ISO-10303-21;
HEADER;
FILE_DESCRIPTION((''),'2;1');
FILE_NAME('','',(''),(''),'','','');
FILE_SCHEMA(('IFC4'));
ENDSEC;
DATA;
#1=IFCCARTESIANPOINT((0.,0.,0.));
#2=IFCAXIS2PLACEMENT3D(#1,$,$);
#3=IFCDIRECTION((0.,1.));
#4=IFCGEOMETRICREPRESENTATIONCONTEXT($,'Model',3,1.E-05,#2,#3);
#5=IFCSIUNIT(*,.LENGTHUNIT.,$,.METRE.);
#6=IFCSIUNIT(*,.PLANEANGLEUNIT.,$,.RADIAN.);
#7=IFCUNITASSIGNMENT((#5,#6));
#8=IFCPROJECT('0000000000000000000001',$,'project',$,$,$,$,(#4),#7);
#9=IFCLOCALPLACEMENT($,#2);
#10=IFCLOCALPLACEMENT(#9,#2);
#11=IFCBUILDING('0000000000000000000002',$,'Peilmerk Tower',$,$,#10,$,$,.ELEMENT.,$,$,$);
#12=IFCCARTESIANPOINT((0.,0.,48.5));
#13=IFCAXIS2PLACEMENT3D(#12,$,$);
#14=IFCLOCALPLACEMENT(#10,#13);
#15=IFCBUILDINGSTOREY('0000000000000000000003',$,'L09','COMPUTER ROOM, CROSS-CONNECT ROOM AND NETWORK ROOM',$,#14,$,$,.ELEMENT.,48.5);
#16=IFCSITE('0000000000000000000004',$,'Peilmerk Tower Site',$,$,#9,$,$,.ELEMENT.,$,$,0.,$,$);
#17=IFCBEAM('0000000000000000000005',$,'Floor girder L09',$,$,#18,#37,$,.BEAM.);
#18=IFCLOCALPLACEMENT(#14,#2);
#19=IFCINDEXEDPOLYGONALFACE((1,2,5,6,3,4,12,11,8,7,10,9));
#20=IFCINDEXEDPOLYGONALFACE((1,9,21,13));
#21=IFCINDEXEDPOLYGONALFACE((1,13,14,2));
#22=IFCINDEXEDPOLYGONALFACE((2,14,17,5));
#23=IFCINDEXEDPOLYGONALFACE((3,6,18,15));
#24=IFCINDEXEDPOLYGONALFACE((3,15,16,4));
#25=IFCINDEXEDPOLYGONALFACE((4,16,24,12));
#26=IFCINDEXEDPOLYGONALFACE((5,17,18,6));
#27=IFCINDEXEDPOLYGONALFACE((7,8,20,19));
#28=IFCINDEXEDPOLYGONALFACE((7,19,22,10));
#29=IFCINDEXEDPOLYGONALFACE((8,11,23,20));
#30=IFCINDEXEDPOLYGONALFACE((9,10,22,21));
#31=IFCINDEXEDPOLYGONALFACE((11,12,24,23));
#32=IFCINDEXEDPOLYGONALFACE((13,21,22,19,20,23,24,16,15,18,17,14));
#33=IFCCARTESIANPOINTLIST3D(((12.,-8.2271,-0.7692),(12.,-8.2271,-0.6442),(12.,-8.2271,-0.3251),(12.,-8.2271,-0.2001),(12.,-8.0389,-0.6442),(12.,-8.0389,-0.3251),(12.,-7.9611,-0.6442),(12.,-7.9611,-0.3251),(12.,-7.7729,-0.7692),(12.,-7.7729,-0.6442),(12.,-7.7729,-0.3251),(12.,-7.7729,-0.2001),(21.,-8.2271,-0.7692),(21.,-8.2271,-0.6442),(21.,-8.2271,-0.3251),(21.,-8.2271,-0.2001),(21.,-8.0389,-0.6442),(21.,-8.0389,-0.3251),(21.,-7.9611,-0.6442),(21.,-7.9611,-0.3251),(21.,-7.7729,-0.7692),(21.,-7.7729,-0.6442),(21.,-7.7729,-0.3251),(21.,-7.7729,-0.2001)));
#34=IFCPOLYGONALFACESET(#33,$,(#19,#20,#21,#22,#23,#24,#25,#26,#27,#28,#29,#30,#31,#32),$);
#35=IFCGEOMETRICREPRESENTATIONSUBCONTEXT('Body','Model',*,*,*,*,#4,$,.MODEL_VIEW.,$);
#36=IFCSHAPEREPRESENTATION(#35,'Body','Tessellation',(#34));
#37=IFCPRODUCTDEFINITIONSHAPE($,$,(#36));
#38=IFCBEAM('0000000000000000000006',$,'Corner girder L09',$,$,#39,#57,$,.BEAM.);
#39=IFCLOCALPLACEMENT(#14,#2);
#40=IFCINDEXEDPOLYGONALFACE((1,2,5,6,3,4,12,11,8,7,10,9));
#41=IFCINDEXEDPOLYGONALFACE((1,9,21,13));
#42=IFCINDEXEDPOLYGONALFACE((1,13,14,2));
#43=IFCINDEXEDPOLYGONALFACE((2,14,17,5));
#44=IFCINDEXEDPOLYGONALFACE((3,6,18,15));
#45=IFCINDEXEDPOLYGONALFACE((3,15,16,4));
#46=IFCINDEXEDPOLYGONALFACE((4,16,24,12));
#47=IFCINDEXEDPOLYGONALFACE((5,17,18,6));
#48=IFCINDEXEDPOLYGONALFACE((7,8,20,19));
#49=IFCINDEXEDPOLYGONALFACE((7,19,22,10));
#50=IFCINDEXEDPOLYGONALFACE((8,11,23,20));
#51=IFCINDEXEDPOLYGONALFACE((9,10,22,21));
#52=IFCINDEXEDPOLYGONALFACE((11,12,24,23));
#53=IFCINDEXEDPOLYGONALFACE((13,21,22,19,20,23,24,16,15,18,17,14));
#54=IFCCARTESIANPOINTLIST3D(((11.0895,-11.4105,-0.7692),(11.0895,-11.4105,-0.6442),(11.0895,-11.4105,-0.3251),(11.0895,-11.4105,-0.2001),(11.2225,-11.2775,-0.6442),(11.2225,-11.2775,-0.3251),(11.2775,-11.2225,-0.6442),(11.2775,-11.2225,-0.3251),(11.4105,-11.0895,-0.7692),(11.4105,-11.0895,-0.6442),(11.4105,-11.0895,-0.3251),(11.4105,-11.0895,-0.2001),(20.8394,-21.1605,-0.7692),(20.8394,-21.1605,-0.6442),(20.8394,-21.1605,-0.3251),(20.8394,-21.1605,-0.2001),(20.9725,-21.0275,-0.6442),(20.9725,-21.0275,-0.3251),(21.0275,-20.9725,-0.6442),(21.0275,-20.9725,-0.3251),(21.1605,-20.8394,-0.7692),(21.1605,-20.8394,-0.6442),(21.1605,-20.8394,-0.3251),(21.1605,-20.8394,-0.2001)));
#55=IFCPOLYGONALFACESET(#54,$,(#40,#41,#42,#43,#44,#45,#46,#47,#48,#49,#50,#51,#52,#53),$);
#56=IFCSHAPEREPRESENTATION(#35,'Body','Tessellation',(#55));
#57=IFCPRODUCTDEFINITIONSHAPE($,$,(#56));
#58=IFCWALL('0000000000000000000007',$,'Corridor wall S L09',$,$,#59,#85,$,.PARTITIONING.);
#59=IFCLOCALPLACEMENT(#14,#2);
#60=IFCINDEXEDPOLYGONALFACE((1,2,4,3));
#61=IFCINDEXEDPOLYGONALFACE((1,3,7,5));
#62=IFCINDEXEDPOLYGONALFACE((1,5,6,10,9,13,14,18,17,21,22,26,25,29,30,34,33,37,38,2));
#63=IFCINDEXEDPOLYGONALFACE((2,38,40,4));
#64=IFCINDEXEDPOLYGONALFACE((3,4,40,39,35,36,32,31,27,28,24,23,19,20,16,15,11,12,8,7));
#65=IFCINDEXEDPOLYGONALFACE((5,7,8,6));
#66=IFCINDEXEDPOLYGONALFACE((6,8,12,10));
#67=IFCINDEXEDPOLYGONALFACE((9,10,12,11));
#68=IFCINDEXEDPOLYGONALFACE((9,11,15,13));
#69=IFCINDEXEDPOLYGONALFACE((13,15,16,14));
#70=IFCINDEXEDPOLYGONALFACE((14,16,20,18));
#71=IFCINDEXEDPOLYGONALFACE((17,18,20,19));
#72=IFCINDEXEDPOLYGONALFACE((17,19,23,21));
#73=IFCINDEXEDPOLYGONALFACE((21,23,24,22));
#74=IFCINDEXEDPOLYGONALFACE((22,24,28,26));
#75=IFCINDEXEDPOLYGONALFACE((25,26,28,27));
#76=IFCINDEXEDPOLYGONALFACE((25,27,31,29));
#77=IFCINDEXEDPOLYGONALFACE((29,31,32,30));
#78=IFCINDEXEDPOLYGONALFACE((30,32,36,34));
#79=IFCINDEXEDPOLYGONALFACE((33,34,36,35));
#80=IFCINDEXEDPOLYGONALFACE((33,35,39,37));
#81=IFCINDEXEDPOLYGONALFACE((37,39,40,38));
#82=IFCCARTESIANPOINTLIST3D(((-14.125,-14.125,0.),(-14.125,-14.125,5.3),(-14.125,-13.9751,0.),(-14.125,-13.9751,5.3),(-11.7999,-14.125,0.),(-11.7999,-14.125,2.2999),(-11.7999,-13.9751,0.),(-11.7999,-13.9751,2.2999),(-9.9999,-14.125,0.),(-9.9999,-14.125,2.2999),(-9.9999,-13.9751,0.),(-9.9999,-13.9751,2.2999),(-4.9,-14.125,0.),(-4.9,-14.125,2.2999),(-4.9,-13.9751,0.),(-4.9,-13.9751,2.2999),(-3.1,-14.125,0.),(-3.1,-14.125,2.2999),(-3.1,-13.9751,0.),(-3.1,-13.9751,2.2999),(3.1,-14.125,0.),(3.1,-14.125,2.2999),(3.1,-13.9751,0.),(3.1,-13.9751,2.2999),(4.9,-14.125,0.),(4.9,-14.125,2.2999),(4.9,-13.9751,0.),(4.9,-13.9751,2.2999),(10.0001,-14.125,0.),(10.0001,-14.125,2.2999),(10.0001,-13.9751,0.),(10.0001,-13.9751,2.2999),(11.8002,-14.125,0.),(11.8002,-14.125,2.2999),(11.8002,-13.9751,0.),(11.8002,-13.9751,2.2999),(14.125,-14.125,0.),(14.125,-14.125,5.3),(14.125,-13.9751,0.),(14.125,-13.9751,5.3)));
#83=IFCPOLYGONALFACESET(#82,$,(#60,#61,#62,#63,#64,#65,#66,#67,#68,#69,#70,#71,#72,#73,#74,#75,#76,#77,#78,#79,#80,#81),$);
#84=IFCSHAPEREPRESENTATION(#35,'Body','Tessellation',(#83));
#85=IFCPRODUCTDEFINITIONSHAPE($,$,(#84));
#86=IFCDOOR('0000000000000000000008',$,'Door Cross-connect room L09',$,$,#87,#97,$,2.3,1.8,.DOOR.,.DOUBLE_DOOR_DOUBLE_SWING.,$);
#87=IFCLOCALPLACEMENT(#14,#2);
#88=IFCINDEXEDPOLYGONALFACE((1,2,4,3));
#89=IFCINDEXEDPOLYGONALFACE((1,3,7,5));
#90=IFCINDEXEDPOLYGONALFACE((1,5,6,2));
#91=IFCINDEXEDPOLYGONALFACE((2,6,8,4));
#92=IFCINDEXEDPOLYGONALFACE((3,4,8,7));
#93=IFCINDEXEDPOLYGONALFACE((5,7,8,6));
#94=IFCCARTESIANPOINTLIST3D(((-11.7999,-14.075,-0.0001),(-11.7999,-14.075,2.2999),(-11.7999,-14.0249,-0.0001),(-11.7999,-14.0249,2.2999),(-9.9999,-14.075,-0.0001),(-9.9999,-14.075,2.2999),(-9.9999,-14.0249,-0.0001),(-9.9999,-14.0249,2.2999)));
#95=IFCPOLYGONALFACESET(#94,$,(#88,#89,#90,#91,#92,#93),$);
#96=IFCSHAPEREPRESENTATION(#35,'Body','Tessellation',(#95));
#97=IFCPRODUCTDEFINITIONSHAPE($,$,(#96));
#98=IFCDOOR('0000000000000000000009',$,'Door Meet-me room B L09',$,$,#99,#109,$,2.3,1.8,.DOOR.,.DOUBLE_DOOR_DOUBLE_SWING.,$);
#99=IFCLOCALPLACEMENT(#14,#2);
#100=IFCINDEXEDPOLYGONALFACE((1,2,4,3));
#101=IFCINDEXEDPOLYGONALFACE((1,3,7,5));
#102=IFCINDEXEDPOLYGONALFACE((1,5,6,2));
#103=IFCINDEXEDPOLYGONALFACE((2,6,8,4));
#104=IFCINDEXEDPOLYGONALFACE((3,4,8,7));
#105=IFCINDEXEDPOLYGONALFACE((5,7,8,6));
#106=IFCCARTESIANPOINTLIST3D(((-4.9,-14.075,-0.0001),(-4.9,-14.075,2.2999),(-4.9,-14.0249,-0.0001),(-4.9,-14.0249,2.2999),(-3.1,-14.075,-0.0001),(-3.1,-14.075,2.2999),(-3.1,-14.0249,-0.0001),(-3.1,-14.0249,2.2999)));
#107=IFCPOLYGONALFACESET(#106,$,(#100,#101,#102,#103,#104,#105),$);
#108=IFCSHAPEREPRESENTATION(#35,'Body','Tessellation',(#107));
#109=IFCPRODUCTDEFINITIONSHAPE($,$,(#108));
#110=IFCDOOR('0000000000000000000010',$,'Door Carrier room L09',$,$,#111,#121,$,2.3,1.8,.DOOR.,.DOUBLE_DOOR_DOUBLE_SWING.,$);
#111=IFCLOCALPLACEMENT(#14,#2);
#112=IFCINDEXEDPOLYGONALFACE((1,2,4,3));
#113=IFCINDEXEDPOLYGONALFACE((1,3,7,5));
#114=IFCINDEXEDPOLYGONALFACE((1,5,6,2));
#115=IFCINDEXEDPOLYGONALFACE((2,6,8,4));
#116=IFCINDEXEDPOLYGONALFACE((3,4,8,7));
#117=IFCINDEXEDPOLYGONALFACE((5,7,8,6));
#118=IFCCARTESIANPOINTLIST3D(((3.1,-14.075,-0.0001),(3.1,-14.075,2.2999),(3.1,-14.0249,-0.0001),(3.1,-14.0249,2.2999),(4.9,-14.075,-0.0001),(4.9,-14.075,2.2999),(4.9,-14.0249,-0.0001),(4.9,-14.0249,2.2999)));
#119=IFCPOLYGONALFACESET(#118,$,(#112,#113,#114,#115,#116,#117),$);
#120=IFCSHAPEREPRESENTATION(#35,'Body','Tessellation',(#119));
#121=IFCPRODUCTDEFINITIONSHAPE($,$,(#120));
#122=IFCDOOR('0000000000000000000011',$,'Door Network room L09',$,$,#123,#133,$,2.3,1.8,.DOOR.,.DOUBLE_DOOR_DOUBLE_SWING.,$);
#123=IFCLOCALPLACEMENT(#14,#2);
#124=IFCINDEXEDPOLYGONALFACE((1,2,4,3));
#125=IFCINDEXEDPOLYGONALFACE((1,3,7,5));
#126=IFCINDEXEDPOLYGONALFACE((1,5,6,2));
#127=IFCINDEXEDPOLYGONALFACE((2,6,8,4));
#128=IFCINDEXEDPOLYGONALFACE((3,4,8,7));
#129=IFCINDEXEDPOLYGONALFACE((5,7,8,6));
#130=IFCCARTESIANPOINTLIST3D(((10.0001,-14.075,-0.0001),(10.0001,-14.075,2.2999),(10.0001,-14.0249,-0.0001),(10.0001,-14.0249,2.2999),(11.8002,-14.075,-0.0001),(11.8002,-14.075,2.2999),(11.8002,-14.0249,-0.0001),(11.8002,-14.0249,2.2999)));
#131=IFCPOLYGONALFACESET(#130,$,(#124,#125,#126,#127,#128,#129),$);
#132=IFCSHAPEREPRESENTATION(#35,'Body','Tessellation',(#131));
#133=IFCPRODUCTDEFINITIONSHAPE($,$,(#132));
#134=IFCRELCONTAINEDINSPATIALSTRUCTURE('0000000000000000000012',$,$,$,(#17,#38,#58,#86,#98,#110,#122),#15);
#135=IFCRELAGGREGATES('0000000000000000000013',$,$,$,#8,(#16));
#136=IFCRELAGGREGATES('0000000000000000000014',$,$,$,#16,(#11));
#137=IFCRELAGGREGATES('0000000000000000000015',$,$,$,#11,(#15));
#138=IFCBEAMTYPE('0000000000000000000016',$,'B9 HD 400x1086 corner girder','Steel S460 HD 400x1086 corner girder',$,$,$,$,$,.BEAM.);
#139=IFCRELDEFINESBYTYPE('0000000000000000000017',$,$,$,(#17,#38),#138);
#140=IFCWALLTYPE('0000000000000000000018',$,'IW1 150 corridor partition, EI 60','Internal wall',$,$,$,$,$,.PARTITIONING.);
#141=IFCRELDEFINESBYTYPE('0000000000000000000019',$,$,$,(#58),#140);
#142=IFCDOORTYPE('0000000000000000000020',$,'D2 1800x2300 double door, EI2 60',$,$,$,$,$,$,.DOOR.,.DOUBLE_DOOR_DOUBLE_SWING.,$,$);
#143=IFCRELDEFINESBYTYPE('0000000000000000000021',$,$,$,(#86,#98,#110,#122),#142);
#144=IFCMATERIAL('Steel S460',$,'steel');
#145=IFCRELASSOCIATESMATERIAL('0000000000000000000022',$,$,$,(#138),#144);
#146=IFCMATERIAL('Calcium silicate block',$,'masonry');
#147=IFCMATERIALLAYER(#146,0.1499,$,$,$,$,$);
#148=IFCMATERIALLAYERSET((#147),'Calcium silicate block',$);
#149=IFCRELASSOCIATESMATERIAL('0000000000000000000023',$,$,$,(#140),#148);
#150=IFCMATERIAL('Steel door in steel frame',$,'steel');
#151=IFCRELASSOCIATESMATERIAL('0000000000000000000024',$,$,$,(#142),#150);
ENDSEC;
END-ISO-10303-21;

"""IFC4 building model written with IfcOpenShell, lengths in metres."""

from ifc_helpers import new_model, si_unit, direction, frame, frame_2d, origin, origin_2d, place, context, subcontext, project, spatial, rectangle, i_section, extrude, material, layer, layer_set, material_profile, profile_set, type_object, element, fill, save


model = new_model("IFC4")

# Units and contexts
model_context = context("Model", 3, precision=1e-05, world=origin(), true_north=direction((0.0, 1.0)))
body_context = subcontext(model_context, "Body", "Model", "MODEL_VIEW")
ifc_project = project(units=[si_unit("LENGTHUNIT", "METRE"), si_unit("PLANEANGLEUNIT", "RADIAN")], contexts=[model_context])

# Site, building, storey
site_placement = place(None, origin())
site = spatial("IfcSite", under=ifc_project, at=site_placement, Name="Peilmerk Tower Site", CompositionType="ELEMENT", RefElevation=0.0)
building_placement = place(site_placement, origin())
building = spatial("IfcBuilding", under=site, at=building_placement, Name="Peilmerk Tower", CompositionType="ELEMENT")
storey_placement = place(building_placement, frame((0.0, 0.0, 48.5)))
storey = spatial("IfcBuildingStorey", under=building, at=storey_placement, Name="L09", Description="COMPUTER ROOM, CROSS-CONNECT ROOM AND NETWORK ROOM", CompositionType="ELEMENT", Elevation=48.5)

# Beams
ifc_material_1 = material(Name="Steel S460", Category="steel")
ifc_material_profile_1 = material_profile(ifc_material_1, i_section(OverallWidth=0.4541, OverallDepth=0.5691, WebThickness=0.0779, FlangeThickness=0.125, at=origin_2d()), Name="HD 400x1086")
ifc_profile_set_1 = profile_set([ifc_material_profile_1], Name="Steel S460")
beam_type_1 = type_object("IfcBeamType", Name="B9 HD 400x1086 corner girder", Description="Steel S460 HD 400x1086 corner girder", PredefinedType="BEAM", material=ifc_profile_set_1)
beam_1_placement = place(storey_placement, frame((12.0, -8.0, -0.4846), z_axis=(1.0, 0.0, 0.0), x_axis=(0.0, 1.0, 0.0)))
element("IfcBeam", 1, at=beam_1_placement, inside=storey, type_object=beam_type_1, Name="Floor girder L09", PredefinedType="BEAM", context=body_context, shape_type="SweptSolid", body=[
    extrude(i_section(OverallWidth=0.4541, OverallDepth=0.5691, WebThickness=0.0779, FlangeThickness=0.125, at=origin_2d()), origin(), (0.0, 0.0, 1.0), 9.0),
])
beam_2_placement = place(storey_placement, frame((11.25, -11.25, -0.4846), z_axis=(0.707107, -0.707107, 0.0), x_axis=(0.707107, 0.707107, 0.0)))
element("IfcBeam", 2, at=beam_2_placement, inside=storey, type_object=beam_type_1, Name="Corner girder L09", PredefinedType="BEAM", context=body_context, shape_type="SweptSolid", body=[
    extrude(i_section(OverallWidth=0.4541, OverallDepth=0.5691, WebThickness=0.0779, FlangeThickness=0.125, at=origin_2d()), origin(), (0.0, 0.0, 1.0), 13.7886),
])

# Wall, openings, doors
ifc_material_2 = material(Name="Calcium silicate block", Category="masonry")
ifc_layer_1 = layer(ifc_material_2, 0.1499)
ifc_layer_set_1 = layer_set([ifc_layer_1], Name="Calcium silicate block")
wall_type_1 = type_object("IfcWallType", Name="IW1 150 corridor partition, EI 60", Description="Internal wall", PredefinedType="PARTITIONING", material=ifc_layer_set_1)
wall_1_placement = place(storey_placement, frame((14.125, -14.05, 0.0), z_axis=(0.0, 0.0, 1.0), x_axis=(-1.0, 0.0, 0.0)))
wall_1 = element("IfcWall", 3, at=wall_1_placement, inside=storey, type_object=wall_type_1, Name="Corridor wall S L09", PredefinedType="PARTITIONING", context=body_context, shape_type="SweptSolid", body=[
    extrude(rectangle(XDim=28.25, YDim=0.1499, at=frame_2d((14.125, 0.0))), origin(), (0.0, 0.0, 1.0), 5.3),
])
opening_1_placement = place(wall_1_placement, frame((24.125, 0.0, 0.0)))
opening_1 = element("IfcOpeningElement", 4, at=opening_1_placement, cuts=wall_1, PredefinedType="OPENING", context=body_context, shape_type="SweptSolid", body=[
    extrude(rectangle(XDim=1.8, YDim=2.3, at=frame_2d((0.8999, 1.1499))), frame((0.0, 0.085, 0.0), z_axis=(0.0, -1.0, 0.0), x_axis=(1.0, 0.0, 0.0)), (0.0, 0.0, 1.0), 0.1699),
])
opening_2_placement = place(wall_1_placement, frame((17.2251, 0.0, 0.0)))
opening_2 = element("IfcOpeningElement", 5, at=opening_2_placement, cuts=wall_1, PredefinedType="OPENING", context=body_context, shape_type="SweptSolid", body=[
    extrude(rectangle(XDim=1.8, YDim=2.3, at=frame_2d((0.8999, 1.1499))), frame((0.0, 0.085, 0.0), z_axis=(0.0, -1.0, 0.0), x_axis=(1.0, 0.0, 0.0)), (0.0, 0.0, 1.0), 0.1699),
])
opening_3_placement = place(wall_1_placement, frame((9.2251, 0.0, 0.0)))
opening_3 = element("IfcOpeningElement", 6, at=opening_3_placement, cuts=wall_1, PredefinedType="OPENING", context=body_context, shape_type="SweptSolid", body=[
    extrude(rectangle(XDim=1.8, YDim=2.3, at=frame_2d((0.8999, 1.1499))), frame((0.0, 0.085, 0.0), z_axis=(0.0, -1.0, 0.0), x_axis=(1.0, 0.0, 0.0)), (0.0, 0.0, 1.0), 0.1699),
])
opening_4_placement = place(wall_1_placement, frame((2.325, 0.0, 0.0)))
opening_4 = element("IfcOpeningElement", 7, at=opening_4_placement, cuts=wall_1, PredefinedType="OPENING", context=body_context, shape_type="SweptSolid", body=[
    extrude(rectangle(XDim=1.8, YDim=2.3, at=frame_2d((0.8999, 1.1499))), frame((0.0, 0.085, 0.0), z_axis=(0.0, -1.0, 0.0), x_axis=(1.0, 0.0, 0.0)), (0.0, 0.0, 1.0), 0.1699),
])
ifc_material_3 = material(Name="Steel door in steel frame", Category="steel")
door_type = type_object("IfcDoorType", Name="D2 1800x2300 double door, EI2 60", OperationType="DOUBLE_DOOR_DOUBLE_SWING", PredefinedType="DOOR", material=ifc_material_3)
door_1_placement = place(opening_1_placement, origin())
door_1 = element("IfcDoor", 8, at=door_1_placement, inside=storey, type_object=door_type, Name="Door Cross-connect room L09", OperationType="DOUBLE_DOOR_DOUBLE_SWING", OverallHeight=2.3, OverallWidth=1.8, PredefinedType="DOOR", context=body_context, shape_type="SweptSolid", body=[
    extrude(rectangle(XDim=1.8, YDim=2.3, at=frame_2d((0.8999, 1.1499))), frame((0.0, 0.0249, 0.0), z_axis=(0.0, -1.0, 0.0), x_axis=(1.0, 0.0, 0.0)), (0.0, 0.0, 1.0), 0.05),
])
fill(opening_1, door_1)
door_2_placement = place(opening_2_placement, origin())
door_2 = element("IfcDoor", 9, at=door_2_placement, inside=storey, type_object=door_type, Name="Door Meet-me room B L09", OperationType="DOUBLE_DOOR_DOUBLE_SWING", OverallHeight=2.3, OverallWidth=1.8, PredefinedType="DOOR", context=body_context, shape_type="SweptSolid", body=[
    extrude(rectangle(XDim=1.8, YDim=2.3, at=frame_2d((0.8999, 1.1499))), frame((0.0, 0.0249, 0.0), z_axis=(0.0, -1.0, 0.0), x_axis=(1.0, 0.0, 0.0)), (0.0, 0.0, 1.0), 0.05),
])
fill(opening_2, door_2)
door_3_placement = place(opening_3_placement, origin())
door_3 = element("IfcDoor", 10, at=door_3_placement, inside=storey, type_object=door_type, Name="Door Carrier room L09", OperationType="DOUBLE_DOOR_DOUBLE_SWING", OverallHeight=2.3, OverallWidth=1.8, PredefinedType="DOOR", context=body_context, shape_type="SweptSolid", body=[
    extrude(rectangle(XDim=1.8, YDim=2.3, at=frame_2d((0.8999, 1.1499))), frame((0.0, 0.0249, 0.0), z_axis=(0.0, -1.0, 0.0), x_axis=(1.0, 0.0, 0.0)), (0.0, 0.0, 1.0), 0.05),
])
fill(opening_3, door_3)
door_4_placement = place(opening_4_placement, origin())
door_4 = element("IfcDoor", 11, at=door_4_placement, inside=storey, type_object=door_type, Name="Door Network room L09", OperationType="DOUBLE_DOOR_DOUBLE_SWING", OverallHeight=2.3, OverallWidth=1.8, PredefinedType="DOOR", context=body_context, shape_type="SweptSolid", body=[
    extrude(rectangle(XDim=1.8, YDim=2.3, at=frame_2d((0.8999, 1.1499))), frame((0.0, 0.0249, 0.0), z_axis=(0.0, -1.0, 0.0), x_axis=(1.0, 0.0, 0.0)), (0.0, 0.0, 1.0), 0.05),
])
fill(opening_4, door_4)

save(model, "model.ifc")
